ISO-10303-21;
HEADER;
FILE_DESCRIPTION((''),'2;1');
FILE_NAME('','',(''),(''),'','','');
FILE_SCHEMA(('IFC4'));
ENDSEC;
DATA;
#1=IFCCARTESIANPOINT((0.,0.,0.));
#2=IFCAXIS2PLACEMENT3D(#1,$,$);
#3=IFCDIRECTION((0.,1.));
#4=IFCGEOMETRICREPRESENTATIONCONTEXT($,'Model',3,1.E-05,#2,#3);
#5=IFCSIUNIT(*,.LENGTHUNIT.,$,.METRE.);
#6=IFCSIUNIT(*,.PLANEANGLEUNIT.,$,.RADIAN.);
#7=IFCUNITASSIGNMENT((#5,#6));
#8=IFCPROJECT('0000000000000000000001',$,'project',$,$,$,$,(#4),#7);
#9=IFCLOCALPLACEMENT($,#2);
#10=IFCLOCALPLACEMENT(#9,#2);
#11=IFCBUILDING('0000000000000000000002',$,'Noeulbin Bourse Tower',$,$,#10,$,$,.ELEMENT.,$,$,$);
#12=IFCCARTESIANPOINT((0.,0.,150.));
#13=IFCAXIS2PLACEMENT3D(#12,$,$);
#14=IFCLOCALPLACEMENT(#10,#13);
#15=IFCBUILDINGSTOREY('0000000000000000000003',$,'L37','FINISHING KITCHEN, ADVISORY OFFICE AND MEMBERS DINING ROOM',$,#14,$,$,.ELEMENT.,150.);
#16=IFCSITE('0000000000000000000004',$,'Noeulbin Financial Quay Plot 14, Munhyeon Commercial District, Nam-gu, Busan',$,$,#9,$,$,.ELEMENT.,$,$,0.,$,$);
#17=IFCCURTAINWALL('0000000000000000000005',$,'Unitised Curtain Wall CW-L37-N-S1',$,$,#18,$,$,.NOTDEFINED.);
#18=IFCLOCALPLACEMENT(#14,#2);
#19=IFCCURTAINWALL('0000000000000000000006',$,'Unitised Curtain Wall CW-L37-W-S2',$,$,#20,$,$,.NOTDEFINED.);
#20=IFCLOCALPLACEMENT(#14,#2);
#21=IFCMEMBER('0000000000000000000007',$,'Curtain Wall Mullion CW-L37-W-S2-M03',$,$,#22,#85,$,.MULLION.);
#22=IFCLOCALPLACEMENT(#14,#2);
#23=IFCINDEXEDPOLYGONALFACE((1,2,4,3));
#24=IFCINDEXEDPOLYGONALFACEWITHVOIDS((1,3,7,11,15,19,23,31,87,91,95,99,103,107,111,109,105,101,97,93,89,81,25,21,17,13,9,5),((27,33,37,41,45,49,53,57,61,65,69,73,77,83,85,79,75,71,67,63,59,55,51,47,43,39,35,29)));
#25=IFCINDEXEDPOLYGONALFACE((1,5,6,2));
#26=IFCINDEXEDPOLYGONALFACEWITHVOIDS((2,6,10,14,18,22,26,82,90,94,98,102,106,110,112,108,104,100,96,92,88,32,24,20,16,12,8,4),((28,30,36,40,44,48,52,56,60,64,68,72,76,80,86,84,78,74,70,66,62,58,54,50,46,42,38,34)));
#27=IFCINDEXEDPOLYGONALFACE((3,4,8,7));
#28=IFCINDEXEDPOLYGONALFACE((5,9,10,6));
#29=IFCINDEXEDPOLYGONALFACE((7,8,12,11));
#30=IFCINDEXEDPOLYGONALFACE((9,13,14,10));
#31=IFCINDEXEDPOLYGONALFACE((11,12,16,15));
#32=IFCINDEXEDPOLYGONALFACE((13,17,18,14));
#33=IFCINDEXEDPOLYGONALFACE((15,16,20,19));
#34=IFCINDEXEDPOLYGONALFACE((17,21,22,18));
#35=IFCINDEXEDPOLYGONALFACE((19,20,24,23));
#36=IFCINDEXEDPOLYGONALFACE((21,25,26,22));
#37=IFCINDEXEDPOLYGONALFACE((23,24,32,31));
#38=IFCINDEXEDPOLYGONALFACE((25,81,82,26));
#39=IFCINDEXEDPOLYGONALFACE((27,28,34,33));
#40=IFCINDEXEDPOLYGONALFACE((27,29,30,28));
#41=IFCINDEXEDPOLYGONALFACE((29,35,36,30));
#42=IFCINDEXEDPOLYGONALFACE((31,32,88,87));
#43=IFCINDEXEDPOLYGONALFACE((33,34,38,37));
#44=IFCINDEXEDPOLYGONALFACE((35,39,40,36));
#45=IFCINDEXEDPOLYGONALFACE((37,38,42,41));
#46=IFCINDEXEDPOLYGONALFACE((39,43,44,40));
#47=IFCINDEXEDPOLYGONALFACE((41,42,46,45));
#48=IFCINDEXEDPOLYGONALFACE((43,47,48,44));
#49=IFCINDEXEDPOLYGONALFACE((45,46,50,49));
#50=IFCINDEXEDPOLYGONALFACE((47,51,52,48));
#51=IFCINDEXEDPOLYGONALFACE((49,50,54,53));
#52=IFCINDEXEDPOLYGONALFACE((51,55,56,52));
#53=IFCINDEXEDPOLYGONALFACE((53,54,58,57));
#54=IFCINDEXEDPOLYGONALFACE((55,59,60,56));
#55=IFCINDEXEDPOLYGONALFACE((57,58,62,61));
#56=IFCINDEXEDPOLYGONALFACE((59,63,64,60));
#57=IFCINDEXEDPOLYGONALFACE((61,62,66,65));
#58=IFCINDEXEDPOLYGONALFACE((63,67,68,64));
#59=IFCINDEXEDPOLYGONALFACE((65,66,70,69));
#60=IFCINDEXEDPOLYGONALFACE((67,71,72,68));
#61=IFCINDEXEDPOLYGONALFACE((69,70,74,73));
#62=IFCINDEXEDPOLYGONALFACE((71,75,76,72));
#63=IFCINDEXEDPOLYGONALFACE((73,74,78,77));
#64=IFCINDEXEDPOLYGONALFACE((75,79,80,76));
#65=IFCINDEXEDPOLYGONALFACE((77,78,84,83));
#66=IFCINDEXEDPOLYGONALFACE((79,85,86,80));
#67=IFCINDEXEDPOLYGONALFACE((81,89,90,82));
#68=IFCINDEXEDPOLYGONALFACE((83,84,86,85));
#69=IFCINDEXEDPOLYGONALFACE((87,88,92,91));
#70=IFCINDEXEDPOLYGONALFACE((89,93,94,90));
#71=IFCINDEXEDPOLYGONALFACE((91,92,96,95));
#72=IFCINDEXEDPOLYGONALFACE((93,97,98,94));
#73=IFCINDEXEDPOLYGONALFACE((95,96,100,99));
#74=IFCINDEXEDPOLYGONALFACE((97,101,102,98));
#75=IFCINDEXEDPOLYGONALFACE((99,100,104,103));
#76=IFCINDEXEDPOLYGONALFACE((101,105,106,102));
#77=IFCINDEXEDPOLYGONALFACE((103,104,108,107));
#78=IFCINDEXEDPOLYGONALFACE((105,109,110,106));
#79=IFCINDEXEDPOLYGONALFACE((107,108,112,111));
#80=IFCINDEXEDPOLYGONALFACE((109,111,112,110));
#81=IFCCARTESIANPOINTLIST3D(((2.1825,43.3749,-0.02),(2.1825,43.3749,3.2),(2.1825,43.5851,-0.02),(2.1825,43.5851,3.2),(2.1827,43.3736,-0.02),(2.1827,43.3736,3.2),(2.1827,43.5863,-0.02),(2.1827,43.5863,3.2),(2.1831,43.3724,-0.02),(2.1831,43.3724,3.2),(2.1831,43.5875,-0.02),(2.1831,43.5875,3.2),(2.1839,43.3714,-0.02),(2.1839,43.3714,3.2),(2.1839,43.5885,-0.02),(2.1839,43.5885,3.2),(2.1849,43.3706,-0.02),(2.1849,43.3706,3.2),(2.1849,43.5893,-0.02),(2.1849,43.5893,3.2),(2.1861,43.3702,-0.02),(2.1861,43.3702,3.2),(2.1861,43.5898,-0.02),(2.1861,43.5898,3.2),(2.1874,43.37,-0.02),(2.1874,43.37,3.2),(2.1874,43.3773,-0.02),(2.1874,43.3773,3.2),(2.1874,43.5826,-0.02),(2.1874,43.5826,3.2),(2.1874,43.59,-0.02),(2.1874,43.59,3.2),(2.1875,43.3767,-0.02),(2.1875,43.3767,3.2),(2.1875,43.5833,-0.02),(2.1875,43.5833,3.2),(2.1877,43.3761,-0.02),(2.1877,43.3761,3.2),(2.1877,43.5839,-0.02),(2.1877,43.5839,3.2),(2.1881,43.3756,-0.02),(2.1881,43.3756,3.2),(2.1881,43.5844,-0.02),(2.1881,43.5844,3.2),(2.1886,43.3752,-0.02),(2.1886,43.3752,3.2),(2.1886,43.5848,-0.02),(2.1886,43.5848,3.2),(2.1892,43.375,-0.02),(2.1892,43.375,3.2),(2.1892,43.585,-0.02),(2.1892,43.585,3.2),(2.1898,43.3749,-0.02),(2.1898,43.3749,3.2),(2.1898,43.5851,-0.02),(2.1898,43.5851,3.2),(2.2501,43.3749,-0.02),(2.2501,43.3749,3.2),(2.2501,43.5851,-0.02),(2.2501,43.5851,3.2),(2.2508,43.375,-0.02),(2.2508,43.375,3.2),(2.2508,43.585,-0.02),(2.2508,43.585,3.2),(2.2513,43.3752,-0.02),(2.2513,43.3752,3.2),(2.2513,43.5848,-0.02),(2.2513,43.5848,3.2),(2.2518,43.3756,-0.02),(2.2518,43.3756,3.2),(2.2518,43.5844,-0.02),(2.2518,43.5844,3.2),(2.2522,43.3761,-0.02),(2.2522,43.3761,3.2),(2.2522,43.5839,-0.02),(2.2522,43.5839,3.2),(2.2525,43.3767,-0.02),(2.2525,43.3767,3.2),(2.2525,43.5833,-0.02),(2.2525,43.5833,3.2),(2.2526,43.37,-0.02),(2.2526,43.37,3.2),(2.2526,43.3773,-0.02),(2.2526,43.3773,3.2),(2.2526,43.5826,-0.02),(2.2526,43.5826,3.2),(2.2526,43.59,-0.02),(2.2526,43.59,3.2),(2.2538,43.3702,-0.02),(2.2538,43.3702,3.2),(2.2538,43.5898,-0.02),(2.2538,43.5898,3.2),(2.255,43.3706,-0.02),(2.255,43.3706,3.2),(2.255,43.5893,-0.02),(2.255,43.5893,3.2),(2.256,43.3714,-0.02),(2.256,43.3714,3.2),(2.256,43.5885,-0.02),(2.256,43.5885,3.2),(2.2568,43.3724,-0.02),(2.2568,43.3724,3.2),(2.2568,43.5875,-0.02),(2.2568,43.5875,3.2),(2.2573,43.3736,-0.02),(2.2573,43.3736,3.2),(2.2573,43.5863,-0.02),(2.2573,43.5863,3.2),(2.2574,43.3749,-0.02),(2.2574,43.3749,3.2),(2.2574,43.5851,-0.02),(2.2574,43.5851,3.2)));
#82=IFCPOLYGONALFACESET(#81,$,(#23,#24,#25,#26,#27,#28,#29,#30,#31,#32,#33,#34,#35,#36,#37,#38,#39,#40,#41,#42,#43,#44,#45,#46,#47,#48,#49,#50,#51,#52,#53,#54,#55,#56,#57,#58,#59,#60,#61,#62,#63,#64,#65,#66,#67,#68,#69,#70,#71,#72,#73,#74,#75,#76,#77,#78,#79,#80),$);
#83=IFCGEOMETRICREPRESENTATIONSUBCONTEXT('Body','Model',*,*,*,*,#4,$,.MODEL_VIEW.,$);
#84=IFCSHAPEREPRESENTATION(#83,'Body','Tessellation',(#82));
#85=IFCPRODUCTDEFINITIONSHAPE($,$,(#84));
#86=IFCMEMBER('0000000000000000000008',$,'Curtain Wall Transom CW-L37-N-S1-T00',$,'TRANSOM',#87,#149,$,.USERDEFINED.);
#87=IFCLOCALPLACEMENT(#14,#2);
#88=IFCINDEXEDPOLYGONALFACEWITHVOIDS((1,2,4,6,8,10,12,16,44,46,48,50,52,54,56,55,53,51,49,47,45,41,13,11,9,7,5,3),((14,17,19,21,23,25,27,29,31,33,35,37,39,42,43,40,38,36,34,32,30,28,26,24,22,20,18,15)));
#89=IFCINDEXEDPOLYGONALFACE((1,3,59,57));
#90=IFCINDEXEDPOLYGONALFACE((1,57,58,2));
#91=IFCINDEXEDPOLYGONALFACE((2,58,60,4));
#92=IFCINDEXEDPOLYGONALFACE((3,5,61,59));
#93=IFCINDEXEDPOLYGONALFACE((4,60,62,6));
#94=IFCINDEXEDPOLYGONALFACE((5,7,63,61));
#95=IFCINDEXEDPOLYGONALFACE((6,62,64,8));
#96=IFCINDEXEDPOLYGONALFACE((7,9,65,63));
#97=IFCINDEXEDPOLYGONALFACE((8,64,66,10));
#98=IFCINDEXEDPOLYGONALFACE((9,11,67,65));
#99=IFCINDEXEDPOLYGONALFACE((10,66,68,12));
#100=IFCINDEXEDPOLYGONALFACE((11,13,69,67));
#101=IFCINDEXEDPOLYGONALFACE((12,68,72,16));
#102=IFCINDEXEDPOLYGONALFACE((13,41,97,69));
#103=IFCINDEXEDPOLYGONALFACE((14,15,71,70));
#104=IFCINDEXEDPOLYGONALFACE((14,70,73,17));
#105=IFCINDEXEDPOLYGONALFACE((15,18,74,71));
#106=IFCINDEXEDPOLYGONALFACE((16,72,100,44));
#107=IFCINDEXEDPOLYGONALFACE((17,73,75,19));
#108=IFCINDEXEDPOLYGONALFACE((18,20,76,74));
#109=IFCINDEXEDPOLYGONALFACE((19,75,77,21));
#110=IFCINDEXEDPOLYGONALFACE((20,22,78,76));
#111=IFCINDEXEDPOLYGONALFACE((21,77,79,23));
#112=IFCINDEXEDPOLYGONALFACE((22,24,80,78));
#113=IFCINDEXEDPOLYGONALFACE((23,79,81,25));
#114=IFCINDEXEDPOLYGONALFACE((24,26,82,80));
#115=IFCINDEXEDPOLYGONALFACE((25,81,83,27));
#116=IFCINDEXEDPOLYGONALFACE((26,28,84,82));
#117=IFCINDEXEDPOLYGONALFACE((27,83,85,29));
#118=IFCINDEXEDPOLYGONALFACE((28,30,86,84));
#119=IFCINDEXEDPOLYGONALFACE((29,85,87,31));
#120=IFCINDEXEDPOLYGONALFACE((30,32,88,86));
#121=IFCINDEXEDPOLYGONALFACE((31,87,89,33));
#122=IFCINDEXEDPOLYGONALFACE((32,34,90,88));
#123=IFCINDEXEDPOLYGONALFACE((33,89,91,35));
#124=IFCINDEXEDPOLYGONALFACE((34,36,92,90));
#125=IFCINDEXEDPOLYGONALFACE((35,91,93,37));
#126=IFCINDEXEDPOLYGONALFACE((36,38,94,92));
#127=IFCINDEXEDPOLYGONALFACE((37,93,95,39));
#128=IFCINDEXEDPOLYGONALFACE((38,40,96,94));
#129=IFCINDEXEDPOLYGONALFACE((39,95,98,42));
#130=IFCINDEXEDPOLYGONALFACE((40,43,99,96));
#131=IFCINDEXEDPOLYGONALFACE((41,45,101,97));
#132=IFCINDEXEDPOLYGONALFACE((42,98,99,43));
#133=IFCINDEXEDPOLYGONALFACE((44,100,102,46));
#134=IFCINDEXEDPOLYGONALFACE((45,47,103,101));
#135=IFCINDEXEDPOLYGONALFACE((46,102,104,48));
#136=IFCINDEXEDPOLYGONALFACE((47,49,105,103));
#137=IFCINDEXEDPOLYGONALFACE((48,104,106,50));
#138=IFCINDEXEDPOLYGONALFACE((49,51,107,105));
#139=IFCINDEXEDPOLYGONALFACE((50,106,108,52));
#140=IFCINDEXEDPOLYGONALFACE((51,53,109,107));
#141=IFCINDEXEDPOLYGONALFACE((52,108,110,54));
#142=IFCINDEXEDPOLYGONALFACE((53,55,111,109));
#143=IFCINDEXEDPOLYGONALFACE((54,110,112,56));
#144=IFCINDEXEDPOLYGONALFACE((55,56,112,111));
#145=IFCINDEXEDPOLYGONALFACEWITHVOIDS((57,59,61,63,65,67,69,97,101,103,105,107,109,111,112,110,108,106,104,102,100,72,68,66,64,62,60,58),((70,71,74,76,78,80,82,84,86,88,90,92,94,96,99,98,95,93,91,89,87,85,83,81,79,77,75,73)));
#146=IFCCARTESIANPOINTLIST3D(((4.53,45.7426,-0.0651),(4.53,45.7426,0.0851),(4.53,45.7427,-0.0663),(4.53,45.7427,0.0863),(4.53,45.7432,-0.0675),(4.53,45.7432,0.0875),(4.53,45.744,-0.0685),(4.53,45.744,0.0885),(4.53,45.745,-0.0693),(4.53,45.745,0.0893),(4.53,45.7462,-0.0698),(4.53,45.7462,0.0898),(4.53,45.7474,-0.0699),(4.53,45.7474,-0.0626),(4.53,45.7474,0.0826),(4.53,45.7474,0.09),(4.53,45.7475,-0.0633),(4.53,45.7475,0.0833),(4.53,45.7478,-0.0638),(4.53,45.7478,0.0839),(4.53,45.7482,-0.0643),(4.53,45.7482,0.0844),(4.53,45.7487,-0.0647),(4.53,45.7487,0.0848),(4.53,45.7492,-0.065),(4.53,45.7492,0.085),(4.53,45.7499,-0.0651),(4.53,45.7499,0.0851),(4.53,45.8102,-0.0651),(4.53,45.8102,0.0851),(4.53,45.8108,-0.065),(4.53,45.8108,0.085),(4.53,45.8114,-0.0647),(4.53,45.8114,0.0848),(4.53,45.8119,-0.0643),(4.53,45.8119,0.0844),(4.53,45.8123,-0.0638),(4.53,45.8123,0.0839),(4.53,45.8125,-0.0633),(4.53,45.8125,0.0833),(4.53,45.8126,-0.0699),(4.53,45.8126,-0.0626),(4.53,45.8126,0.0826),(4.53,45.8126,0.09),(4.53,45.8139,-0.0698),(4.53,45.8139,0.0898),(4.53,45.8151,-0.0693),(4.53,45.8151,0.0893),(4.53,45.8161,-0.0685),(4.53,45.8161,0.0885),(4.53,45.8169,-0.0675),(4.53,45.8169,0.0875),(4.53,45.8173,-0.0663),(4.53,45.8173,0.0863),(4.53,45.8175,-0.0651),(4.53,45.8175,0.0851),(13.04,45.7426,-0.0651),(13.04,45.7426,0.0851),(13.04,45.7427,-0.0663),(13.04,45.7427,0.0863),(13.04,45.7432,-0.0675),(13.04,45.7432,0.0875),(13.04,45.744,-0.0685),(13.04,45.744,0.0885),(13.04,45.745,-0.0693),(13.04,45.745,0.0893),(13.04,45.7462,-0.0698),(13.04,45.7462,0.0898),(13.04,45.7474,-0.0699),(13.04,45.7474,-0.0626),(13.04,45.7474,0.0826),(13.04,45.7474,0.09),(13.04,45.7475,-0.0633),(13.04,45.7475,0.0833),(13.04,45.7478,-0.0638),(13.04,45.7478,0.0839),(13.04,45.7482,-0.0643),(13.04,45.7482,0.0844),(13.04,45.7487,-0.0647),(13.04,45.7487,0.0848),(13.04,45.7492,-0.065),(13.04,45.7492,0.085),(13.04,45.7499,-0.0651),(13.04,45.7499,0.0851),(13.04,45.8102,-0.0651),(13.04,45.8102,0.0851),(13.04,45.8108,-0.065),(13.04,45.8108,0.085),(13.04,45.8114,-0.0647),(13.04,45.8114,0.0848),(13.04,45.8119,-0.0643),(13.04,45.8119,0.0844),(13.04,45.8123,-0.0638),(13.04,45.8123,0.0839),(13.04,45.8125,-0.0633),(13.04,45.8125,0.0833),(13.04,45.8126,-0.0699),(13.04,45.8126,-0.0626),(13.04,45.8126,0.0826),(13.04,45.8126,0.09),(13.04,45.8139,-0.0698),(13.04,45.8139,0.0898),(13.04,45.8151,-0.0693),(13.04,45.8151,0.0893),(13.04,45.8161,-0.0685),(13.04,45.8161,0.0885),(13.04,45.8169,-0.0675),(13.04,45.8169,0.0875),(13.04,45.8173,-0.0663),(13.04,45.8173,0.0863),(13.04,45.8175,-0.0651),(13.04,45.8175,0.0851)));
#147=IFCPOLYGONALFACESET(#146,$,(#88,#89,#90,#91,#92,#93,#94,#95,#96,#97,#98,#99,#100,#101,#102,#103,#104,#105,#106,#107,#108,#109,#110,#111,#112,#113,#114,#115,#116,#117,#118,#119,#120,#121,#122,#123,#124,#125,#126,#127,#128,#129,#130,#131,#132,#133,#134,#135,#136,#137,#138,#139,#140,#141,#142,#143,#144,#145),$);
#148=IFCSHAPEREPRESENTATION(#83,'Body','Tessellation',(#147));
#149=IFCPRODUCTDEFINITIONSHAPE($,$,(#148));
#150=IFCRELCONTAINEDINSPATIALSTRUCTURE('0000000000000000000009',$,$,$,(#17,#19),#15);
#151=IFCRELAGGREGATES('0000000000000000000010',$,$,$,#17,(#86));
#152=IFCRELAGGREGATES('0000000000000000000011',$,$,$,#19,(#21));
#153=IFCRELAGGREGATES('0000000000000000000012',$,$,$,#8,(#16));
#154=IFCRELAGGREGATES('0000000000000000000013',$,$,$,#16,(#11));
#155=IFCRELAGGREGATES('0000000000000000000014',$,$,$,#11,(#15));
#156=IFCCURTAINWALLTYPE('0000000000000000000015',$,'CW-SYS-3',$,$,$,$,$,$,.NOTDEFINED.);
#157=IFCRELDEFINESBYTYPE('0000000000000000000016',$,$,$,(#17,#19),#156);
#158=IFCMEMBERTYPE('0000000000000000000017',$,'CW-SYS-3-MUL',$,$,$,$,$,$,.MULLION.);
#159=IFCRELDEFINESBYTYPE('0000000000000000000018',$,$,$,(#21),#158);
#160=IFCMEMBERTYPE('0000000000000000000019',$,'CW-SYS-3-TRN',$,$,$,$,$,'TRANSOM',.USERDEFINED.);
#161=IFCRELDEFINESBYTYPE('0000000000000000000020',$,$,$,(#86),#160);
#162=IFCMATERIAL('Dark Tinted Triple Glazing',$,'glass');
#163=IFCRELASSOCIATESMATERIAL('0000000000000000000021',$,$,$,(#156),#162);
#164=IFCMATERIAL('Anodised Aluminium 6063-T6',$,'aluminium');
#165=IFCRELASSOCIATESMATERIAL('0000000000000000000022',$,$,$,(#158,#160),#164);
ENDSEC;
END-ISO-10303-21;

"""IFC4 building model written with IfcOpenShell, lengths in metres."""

from ifc_helpers import new_model, si_unit, direction, frame, origin, origin_2d, place, context, subcontext, project, spatial, hollow_rectangle, extrude, material, material_profile, profile_set, type_object, element, aggregate, save


model = new_model("IFC4")

# Units and contexts
model_context = context("Model", 3, precision=1e-05, world=origin(), true_north=direction((0.0, 1.0)))
body_context = subcontext(model_context, "Body", "Model", "MODEL_VIEW")
ifc_project = project(units=[si_unit("LENGTHUNIT", "METRE"), si_unit("PLANEANGLEUNIT", "RADIAN")], contexts=[model_context])

# Site, building, storey
site_placement = place(None, origin())
site = spatial("IfcSite", under=ifc_project, at=site_placement, Name="Noeulbin Financial Quay Plot 14, Munhyeon Commercial District, Nam-gu, Busan", CompositionType="ELEMENT", RefElevation=0.0)
building_placement = place(site_placement, origin())
building = spatial("IfcBuilding", under=site, at=building_placement, Name="Noeulbin Bourse Tower", CompositionType="ELEMENT")
storey_placement = place(building_placement, frame((0.0, 0.0, 150.0)))
storey = spatial("IfcBuildingStorey", under=building, at=storey_placement, Name="L37", Description="FINISHING KITCHEN, ADVISORY OFFICE AND MEMBERS DINING ROOM", CompositionType="ELEMENT", Elevation=150.0)

# Curtain wall
ifc_material_1 = material(Name="Dark Tinted Triple Glazing", Category="glass")
curtain_wall_type = type_object("IfcCurtainWallType", Name="CW-SYS-3", PredefinedType="NOTDEFINED", material=ifc_material_1)
curtain_wall_1_placement = place(storey_placement, origin())
curtain_wall_1 = element("IfcCurtainWall", 1, at=curtain_wall_1_placement, inside=storey, type_object=curtain_wall_type, Name="Unitised Curtain Wall CW-L37-N-S1", PredefinedType="NOTDEFINED")
ifc_material_2 = material(Name="Anodised Aluminium 6063-T6", Category="aluminium")
ifc_material_profile_1 = material_profile(ifc_material_2, hollow_rectangle(XDim=0.075, YDim=0.22, WallThickness=0.0049, InnerFilletRadius=0.0024, OuterFilletRadius=0.0049, at=origin_2d()), Name="ALU-MULL-75x220x5", Category="LoadBearing")
ifc_profile_set_1 = profile_set([ifc_material_profile_1], Name="Anodised Aluminium 6063-T6")
member_type_1 = type_object("IfcMemberType", Name="CW-SYS-3-MUL", PredefinedType="MULLION", material=ifc_profile_set_1)

# Curtain wall, member
curtain_wall_2_placement = place(storey_placement, origin())
curtain_wall_2 = element("IfcCurtainWall", 2, at=curtain_wall_2_placement, inside=storey, type_object=curtain_wall_type, Name="Unitised Curtain Wall CW-L37-W-S2", PredefinedType="NOTDEFINED")
member_1_placement = place(storey_placement, frame((2.22, 43.48, -0.02), z_axis=(0.0, 0.0, 1.0), x_axis=(1.0, 0.0, 0.0)))
member_1 = element("IfcMember", 3, at=member_1_placement, type_object=member_type_1, Name="Curtain Wall Mullion CW-L37-W-S2-M03", PredefinedType="MULLION", context=body_context, shape_type="SweptSolid", body=[
    extrude(hollow_rectangle(XDim=0.075, YDim=0.22, WallThickness=0.0049, InnerFilletRadius=0.0024, OuterFilletRadius=0.0049, at=origin_2d()), origin(), (0.0, 0.0, 1.0), 3.22),
])

# Member
ifc_material_profile_2 = material_profile(ifc_material_2, hollow_rectangle(XDim=0.075, YDim=0.1599, WallThickness=0.0049, InnerFilletRadius=0.0024, OuterFilletRadius=0.0049, at=origin_2d()), Name="ALU-TRAN-75x160x5", Category="LoadBearing")
ifc_profile_set_2 = profile_set([ifc_material_profile_2], Name="Anodised Aluminium 6063-T6")
member_type_2 = type_object("IfcMemberType", Name="CW-SYS-3-TRN", ElementType="TRANSOM", PredefinedType="USERDEFINED", material=ifc_profile_set_2)
member_2_placement = place(storey_placement, frame((4.53, 45.78, 0.01), z_axis=(1.0, 0.0, 0.0), x_axis=(0.0, 1.0, 0.0)))
member_2 = element("IfcMember", 4, at=member_2_placement, type_object=member_type_2, Name="Curtain Wall Transom CW-L37-N-S1-T00", ObjectType="TRANSOM", PredefinedType="USERDEFINED", context=body_context, shape_type="SweptSolid", body=[
    extrude(hollow_rectangle(XDim=0.075, YDim=0.1599, WallThickness=0.0049, InnerFilletRadius=0.0024, OuterFilletRadius=0.0049, at=origin_2d()), origin(), (0.0, 0.0, 1.0), 8.51),
])

aggregate(curtain_wall_1, [member_2])
aggregate(curtain_wall_2, [member_1])

save(model, "model.ifc")
